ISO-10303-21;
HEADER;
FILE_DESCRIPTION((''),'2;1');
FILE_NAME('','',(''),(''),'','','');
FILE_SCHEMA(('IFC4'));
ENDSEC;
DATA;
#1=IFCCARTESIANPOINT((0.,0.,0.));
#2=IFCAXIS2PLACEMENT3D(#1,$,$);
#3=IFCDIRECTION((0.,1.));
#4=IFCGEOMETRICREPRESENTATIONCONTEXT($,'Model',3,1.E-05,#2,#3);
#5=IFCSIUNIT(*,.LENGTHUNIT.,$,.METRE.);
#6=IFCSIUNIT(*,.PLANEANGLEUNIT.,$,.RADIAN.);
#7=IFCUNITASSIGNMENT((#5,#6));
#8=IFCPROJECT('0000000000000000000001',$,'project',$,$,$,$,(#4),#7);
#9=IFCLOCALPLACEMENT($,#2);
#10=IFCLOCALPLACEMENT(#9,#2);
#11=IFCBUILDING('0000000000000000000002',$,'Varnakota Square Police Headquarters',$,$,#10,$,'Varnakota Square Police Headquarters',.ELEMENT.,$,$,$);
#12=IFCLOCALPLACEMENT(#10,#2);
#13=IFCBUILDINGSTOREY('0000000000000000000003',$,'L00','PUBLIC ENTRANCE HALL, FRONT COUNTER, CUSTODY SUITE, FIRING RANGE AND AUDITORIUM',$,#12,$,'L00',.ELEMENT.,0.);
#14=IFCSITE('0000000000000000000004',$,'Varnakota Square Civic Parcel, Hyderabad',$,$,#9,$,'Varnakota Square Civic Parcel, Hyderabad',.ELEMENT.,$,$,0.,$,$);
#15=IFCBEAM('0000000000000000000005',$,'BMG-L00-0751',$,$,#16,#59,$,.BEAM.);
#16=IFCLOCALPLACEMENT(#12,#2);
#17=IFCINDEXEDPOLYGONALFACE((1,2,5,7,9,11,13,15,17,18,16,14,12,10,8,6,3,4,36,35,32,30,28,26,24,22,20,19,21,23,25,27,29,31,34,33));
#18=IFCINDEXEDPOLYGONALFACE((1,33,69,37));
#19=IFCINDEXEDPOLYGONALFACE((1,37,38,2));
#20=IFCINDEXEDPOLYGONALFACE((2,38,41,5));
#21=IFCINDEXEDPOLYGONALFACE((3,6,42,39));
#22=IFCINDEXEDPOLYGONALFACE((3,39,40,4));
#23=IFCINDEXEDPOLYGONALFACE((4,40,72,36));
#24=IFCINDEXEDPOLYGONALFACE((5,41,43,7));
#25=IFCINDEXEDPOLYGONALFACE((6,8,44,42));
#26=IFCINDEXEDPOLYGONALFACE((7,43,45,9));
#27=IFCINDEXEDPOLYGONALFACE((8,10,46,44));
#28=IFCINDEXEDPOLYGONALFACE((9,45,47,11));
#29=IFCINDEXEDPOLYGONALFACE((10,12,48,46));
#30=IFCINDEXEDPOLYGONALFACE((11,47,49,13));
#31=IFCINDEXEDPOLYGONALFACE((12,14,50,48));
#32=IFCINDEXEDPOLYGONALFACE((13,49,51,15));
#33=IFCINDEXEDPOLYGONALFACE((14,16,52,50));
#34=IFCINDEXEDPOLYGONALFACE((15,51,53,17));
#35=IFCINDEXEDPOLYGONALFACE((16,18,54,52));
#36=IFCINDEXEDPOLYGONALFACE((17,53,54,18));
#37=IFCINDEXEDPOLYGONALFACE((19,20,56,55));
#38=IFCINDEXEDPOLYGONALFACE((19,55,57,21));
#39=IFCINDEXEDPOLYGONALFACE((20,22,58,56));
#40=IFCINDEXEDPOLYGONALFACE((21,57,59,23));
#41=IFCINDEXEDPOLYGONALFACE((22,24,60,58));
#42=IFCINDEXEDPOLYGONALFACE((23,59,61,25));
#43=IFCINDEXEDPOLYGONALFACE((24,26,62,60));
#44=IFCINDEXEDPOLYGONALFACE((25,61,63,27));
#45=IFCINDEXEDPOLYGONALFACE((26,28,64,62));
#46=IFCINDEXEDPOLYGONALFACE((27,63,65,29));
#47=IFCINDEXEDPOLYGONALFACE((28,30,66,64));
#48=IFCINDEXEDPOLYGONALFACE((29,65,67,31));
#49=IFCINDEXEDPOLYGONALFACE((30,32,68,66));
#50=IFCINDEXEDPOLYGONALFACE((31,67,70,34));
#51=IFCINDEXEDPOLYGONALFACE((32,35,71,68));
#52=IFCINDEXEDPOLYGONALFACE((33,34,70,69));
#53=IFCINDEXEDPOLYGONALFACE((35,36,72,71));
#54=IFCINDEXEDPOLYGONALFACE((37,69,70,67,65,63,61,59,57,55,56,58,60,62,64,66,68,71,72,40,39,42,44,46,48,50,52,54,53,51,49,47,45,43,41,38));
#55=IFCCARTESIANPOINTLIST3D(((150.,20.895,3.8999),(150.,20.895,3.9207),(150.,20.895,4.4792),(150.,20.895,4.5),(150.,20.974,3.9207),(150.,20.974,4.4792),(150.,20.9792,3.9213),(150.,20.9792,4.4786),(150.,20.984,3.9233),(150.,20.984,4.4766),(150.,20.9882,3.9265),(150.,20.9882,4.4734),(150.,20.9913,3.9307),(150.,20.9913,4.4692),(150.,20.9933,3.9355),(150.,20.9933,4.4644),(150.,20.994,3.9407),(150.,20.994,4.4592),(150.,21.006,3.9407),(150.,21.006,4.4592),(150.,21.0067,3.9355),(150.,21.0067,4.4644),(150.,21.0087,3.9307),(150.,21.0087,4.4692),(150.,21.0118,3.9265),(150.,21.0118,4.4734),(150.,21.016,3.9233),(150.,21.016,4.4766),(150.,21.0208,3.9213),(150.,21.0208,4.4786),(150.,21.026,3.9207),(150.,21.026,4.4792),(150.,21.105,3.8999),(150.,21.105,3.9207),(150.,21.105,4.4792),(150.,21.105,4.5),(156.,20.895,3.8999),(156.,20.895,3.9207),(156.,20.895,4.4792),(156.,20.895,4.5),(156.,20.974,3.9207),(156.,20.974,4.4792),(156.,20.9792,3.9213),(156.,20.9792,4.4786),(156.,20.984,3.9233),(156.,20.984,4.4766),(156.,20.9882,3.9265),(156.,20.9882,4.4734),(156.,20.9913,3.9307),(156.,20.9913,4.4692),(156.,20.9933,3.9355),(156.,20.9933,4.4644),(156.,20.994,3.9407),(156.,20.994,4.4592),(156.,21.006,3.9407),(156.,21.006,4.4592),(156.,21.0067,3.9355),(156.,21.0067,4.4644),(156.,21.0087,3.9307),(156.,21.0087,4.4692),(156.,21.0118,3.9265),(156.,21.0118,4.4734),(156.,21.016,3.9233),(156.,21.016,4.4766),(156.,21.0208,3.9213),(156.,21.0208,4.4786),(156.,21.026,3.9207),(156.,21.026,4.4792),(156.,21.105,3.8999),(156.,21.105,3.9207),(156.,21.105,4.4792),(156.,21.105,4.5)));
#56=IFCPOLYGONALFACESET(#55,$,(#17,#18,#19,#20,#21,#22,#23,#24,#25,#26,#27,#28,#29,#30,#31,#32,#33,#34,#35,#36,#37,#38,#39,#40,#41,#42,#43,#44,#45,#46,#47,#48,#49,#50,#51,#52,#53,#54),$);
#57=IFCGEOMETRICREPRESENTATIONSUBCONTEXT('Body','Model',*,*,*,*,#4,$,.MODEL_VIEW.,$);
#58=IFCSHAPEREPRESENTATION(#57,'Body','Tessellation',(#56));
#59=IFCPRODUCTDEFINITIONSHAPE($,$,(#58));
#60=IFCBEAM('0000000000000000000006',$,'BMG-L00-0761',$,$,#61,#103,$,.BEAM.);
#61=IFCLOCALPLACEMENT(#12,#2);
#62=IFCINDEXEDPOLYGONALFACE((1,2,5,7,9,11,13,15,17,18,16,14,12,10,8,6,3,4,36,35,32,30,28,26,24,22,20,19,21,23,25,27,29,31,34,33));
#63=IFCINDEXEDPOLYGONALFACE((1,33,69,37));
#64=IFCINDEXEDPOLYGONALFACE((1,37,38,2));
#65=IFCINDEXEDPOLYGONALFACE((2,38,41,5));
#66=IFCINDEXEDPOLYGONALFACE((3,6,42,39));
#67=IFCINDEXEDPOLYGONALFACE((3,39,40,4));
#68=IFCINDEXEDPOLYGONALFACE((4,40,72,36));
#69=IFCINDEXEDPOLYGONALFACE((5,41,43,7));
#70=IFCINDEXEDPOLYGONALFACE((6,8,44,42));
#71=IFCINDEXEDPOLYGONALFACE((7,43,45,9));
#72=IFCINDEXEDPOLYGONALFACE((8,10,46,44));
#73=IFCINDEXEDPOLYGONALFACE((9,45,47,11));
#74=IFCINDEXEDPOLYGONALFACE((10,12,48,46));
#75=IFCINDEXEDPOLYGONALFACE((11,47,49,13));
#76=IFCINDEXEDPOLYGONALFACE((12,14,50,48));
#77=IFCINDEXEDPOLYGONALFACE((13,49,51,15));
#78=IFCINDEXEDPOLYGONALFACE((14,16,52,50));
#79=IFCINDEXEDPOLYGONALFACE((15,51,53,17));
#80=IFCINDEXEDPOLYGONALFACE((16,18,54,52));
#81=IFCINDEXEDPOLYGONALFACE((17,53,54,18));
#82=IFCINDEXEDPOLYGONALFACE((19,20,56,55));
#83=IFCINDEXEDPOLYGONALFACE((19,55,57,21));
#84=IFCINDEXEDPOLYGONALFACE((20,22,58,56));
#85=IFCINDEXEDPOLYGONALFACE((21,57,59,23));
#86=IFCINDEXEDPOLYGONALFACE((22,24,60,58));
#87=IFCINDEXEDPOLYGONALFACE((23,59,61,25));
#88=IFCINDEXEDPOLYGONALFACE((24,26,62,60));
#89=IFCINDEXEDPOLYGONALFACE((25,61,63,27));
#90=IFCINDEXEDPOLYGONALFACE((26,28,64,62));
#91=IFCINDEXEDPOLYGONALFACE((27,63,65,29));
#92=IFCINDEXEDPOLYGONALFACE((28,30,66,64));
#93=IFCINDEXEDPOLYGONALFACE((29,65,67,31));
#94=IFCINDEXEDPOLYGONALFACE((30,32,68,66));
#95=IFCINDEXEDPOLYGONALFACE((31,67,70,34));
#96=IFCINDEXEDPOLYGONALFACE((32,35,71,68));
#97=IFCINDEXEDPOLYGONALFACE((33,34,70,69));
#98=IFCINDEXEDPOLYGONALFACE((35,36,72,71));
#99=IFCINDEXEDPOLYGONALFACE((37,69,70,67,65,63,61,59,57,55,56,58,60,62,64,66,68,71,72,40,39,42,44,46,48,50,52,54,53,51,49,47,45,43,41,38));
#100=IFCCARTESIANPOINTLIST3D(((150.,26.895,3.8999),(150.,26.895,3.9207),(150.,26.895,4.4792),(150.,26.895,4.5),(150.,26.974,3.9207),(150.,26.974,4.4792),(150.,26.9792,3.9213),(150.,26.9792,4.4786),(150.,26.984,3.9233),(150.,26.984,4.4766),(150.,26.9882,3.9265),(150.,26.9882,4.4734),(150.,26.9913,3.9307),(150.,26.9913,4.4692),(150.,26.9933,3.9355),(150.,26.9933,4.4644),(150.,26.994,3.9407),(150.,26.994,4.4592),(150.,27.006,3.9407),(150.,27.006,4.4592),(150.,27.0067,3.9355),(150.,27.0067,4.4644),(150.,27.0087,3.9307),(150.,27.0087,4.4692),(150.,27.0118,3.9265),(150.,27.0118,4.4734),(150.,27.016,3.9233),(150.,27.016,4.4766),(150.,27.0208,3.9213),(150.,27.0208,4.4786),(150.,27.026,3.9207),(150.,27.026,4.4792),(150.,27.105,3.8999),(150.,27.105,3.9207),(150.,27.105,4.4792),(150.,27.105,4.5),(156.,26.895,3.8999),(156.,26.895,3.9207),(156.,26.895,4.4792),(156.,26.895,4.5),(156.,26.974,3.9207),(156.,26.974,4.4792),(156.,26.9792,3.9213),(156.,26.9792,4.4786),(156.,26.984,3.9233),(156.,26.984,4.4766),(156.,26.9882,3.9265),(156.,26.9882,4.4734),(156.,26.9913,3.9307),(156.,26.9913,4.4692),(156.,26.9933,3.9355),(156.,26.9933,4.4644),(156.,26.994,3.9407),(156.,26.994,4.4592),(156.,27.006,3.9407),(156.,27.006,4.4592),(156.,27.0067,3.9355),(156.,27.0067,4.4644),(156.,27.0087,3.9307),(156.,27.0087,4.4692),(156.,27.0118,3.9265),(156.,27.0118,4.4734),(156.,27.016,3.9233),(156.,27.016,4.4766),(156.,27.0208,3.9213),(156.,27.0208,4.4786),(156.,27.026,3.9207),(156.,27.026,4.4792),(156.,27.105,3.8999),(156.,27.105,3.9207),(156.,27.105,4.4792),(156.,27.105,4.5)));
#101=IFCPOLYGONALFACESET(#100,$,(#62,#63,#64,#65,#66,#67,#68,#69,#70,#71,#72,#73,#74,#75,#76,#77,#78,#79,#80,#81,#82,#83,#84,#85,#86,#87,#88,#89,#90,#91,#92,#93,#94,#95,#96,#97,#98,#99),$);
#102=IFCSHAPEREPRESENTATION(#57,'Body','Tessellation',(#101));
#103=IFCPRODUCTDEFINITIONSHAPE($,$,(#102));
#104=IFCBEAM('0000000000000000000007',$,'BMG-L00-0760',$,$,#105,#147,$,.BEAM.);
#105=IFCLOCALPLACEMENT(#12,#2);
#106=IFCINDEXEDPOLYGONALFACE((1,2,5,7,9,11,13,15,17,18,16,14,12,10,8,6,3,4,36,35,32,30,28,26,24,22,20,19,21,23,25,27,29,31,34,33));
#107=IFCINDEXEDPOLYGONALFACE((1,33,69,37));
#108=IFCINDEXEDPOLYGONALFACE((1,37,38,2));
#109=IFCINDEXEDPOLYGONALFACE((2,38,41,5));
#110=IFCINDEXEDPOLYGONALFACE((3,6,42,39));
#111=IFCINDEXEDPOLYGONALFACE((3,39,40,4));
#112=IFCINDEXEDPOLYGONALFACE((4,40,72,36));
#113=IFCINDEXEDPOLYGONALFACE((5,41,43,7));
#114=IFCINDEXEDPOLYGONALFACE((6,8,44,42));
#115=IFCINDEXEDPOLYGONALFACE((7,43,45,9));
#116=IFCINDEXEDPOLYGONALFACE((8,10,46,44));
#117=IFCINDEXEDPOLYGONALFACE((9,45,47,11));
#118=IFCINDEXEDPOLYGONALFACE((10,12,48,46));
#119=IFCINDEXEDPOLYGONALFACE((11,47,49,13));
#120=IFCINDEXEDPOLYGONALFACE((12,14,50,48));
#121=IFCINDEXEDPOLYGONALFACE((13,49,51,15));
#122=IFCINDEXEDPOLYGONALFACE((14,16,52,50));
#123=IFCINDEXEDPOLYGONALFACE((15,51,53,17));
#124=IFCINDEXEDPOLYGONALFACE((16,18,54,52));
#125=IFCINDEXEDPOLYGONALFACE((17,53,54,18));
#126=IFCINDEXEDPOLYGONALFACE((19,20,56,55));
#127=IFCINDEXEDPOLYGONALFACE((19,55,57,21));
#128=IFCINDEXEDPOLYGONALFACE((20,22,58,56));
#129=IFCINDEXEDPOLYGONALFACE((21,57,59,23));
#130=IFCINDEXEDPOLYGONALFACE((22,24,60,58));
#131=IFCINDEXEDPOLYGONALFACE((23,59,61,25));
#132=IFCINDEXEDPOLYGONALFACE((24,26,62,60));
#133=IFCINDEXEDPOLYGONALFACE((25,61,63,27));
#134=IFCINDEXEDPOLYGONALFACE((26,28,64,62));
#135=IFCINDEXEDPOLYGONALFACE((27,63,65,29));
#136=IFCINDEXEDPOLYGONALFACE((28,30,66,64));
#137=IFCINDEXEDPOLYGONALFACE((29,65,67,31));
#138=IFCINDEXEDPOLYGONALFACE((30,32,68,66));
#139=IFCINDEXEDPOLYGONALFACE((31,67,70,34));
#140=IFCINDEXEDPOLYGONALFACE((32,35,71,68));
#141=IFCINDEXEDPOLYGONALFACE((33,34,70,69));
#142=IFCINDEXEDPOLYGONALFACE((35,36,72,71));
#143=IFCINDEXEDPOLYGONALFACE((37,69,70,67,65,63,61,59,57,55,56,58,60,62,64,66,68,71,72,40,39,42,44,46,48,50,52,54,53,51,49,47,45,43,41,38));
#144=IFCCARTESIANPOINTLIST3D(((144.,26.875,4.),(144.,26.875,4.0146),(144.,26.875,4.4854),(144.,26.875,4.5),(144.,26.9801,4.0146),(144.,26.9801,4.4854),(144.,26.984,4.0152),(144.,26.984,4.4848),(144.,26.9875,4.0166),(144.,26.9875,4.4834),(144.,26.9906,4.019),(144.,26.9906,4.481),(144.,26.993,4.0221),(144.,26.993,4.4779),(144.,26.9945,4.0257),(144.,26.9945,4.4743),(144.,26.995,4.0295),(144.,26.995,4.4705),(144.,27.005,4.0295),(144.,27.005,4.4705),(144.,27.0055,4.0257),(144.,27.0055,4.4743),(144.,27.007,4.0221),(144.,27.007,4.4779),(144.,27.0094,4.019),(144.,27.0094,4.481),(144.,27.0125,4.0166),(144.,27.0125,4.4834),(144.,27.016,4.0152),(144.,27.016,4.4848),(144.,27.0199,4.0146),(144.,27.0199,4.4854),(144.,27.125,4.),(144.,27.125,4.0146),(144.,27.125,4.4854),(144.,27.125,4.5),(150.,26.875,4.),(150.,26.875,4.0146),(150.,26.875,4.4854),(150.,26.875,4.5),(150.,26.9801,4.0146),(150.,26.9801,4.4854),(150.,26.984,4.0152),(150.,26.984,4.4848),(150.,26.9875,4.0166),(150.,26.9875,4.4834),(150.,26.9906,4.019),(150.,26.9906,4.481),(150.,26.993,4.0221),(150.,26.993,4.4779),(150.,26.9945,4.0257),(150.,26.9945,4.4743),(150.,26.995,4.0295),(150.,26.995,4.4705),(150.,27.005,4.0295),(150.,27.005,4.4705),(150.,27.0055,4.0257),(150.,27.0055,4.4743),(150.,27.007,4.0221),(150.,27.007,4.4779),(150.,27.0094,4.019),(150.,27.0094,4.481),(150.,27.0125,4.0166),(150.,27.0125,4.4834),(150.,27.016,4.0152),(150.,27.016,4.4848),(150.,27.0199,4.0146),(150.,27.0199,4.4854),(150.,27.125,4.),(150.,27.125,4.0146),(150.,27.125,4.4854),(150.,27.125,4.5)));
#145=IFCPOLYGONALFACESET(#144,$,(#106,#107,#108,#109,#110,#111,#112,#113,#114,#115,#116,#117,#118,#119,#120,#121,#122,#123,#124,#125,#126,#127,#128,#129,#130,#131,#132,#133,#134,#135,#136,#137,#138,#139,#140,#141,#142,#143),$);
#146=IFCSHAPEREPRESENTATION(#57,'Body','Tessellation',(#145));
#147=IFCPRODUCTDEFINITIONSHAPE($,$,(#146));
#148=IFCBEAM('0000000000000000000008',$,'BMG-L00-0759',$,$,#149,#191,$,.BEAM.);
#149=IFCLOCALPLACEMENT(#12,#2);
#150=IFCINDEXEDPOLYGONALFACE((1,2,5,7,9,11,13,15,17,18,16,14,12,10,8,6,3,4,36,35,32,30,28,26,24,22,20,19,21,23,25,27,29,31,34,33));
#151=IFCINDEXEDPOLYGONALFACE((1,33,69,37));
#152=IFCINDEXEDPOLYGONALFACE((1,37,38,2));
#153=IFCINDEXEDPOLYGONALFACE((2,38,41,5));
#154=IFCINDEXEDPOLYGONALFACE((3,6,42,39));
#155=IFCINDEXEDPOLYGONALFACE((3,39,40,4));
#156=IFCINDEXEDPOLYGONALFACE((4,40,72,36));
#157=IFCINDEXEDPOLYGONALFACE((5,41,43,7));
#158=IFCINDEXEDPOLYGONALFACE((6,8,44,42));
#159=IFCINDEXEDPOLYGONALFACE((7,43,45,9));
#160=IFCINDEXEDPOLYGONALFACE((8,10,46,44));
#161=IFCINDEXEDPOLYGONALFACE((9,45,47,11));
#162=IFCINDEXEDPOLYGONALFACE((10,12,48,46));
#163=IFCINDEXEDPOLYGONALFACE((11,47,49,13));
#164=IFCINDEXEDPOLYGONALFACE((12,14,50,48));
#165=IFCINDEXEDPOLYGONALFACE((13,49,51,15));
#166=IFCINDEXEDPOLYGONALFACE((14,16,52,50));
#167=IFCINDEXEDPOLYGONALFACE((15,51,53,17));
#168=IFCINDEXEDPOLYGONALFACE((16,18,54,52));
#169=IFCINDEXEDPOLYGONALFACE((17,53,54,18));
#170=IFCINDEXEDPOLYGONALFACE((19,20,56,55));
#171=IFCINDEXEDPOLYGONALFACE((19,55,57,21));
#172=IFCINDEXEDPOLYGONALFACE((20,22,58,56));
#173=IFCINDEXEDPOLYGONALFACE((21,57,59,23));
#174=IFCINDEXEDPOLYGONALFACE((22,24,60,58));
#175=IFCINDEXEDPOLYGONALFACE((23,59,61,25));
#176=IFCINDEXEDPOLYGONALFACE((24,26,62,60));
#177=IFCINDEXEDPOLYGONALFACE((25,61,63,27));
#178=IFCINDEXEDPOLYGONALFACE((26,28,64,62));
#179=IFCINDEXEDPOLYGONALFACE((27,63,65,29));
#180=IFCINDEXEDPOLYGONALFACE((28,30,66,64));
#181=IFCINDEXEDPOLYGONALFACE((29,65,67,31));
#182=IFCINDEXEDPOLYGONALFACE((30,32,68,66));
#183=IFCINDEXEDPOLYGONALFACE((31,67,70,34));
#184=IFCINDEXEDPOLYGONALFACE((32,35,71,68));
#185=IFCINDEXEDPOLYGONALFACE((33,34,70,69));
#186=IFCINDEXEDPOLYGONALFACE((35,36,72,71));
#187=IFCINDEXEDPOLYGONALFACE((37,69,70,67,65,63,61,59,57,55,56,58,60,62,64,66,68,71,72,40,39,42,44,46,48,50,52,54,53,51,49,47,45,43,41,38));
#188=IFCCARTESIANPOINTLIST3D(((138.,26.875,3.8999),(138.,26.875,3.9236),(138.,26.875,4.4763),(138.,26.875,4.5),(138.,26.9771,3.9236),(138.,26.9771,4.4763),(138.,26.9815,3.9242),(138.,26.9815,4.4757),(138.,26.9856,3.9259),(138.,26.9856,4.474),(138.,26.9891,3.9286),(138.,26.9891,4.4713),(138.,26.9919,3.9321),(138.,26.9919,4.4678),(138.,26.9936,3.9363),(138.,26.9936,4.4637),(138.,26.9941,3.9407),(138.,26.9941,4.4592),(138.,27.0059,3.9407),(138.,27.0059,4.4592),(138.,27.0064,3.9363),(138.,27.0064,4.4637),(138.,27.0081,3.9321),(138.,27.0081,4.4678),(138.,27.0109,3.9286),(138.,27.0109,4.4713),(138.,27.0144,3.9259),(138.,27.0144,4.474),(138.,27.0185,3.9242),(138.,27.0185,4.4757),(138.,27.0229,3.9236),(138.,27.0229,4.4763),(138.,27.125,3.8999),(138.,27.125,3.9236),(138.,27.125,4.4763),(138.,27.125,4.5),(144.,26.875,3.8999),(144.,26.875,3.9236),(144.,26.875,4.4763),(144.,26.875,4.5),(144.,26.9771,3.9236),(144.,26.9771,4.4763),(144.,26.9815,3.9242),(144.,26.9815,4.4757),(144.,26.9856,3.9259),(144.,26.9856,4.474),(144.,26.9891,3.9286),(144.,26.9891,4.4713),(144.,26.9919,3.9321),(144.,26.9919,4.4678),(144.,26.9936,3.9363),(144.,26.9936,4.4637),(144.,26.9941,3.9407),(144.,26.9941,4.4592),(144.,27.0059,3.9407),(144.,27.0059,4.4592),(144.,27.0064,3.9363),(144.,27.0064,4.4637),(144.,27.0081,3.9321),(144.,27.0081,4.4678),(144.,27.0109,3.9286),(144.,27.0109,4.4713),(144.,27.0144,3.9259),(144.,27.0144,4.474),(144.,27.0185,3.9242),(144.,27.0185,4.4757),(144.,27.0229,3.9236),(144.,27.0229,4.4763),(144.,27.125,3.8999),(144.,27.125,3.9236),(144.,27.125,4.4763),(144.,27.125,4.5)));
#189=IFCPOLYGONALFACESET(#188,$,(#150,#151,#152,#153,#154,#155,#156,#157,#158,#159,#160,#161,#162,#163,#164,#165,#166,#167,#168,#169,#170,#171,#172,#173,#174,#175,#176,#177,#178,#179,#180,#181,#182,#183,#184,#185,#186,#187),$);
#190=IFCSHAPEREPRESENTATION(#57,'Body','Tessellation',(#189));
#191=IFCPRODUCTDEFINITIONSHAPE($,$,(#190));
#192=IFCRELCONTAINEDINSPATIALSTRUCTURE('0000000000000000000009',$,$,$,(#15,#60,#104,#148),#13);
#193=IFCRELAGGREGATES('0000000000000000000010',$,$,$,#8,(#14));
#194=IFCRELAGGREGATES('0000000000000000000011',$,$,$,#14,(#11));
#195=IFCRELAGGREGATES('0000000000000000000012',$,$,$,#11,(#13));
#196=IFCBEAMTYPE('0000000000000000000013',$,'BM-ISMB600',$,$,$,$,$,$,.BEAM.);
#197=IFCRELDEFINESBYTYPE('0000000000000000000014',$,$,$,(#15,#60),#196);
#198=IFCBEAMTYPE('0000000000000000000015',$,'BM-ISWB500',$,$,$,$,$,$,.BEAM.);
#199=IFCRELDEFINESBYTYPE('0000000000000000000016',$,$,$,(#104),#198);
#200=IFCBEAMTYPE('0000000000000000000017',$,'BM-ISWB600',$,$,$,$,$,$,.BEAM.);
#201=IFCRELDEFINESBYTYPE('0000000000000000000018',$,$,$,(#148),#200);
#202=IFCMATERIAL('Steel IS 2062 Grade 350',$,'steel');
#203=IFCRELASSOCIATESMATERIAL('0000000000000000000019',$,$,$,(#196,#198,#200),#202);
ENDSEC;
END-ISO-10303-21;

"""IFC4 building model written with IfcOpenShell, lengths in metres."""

from ifc_helpers import new_model, si_unit, direction, frame, origin, origin_2d, place, context, subcontext, project, spatial, i_section, extrude, material, material_profile, profile_set, type_object, element, save


model = new_model("IFC4")

# Units and contexts
model_context = context("Model", 3, precision=1e-05, world=origin(), true_north=direction((0.0, 1.0)))
body_context = subcontext(model_context, "Body", "Model", "MODEL_VIEW")
ifc_project = project(units=[si_unit("LENGTHUNIT", "METRE"), si_unit("PLANEANGLEUNIT", "RADIAN")], contexts=[model_context])

# Site, building, storey
site_placement = place(None, origin())
site = spatial("IfcSite", under=ifc_project, at=site_placement, Name="Varnakota Square Civic Parcel, Hyderabad", LongName="Varnakota Square Civic Parcel, Hyderabad", CompositionType="ELEMENT", RefElevation=0.0)
building_placement = place(site_placement, origin())
building = spatial("IfcBuilding", under=site, at=building_placement, Name="Varnakota Square Police Headquarters", LongName="Varnakota Square Police Headquarters", CompositionType="ELEMENT")
storey_placement = place(building_placement, origin())
storey = spatial("IfcBuildingStorey", under=building, at=storey_placement, Name="L00", Description="PUBLIC ENTRANCE HALL, FRONT COUNTER, CUSTODY SUITE, FIRING RANGE AND AUDITORIUM", LongName="L00", CompositionType="ELEMENT", Elevation=0.0)

# Beams
ifc_material_1 = material(Name="Steel IS 2062 Grade 350", Category="steel")
ifc_material_profile_1 = material_profile(ifc_material_1, i_section(OverallWidth=0.21, OverallDepth=0.6001, WebThickness=0.012, FlangeThickness=0.0208, FilletRadius=0.02, at=origin_2d()), Name="ISMB 600")
ifc_profile_set_1 = profile_set([ifc_material_profile_1], Name="Steel IS 2062 Grade 350")
beam_type_1 = type_object("IfcBeamType", Name="BM-ISMB600", PredefinedType="BEAM", material=ifc_profile_set_1)
for number, where, z_axis, x_axis, name in (
    (1, (150.0, 21.0, 4.2), (1.0, 0.0, 0.0), (0.0, 1.0, 0.0), "BMG-L00-0751"),
    (2, (150.0, 27.0, 4.2), (1.0, 0.0, 0.0), (0.0, 1.0, 0.0), "BMG-L00-0761"),
):
    element("IfcBeam", number, at=place(storey_placement, frame(where, z_axis=z_axis, x_axis=x_axis)), inside=storey, type_object=beam_type_1, Name=name, PredefinedType="BEAM", context=body_context, shape_type="SweptSolid", body=[
        extrude(i_section(OverallWidth=0.21, OverallDepth=0.6001, WebThickness=0.012, FlangeThickness=0.0208, FilletRadius=0.02, at=origin_2d()), origin(), (0.0, 0.0, 1.0), 6.0),
    ])
ifc_material_profile_2 = material_profile(ifc_material_1, i_section(OverallWidth=0.25, OverallDepth=0.5, WebThickness=0.01, FlangeThickness=0.0146, FilletRadius=0.0149, at=origin_2d()), Name="ISWB 500")
ifc_profile_set_2 = profile_set([ifc_material_profile_2], Name="Steel IS 2062 Grade 350")
beam_type_2 = type_object("IfcBeamType", Name="BM-ISWB500", PredefinedType="BEAM", material=ifc_profile_set_2)
beam_1_placement = place(storey_placement, frame((144.0, 27.0, 4.25), z_axis=(1.0, 0.0, 0.0), x_axis=(0.0, 1.0, 0.0)))
element("IfcBeam", 3, at=beam_1_placement, inside=storey, type_object=beam_type_2, Name="BMG-L00-0760", PredefinedType="BEAM", context=body_context, shape_type="SweptSolid", body=[
    extrude(i_section(OverallWidth=0.25, OverallDepth=0.5, WebThickness=0.01, FlangeThickness=0.0146, FilletRadius=0.0149, at=origin_2d()), origin(), (0.0, 0.0, 1.0), 6.0),
])
ifc_material_profile_3 = material_profile(ifc_material_1, i_section(OverallWidth=0.25, OverallDepth=0.6001, WebThickness=0.0117, FlangeThickness=0.0237, FilletRadius=0.0171, at=origin_2d()), Name="ISWB 600")
ifc_profile_set_3 = profile_set([ifc_material_profile_3], Name="Steel IS 2062 Grade 350")
beam_type_3 = type_object("IfcBeamType", Name="BM-ISWB600", PredefinedType="BEAM", material=ifc_profile_set_3)
beam_2_placement = place(storey_placement, frame((138.0, 27.0, 4.2), z_axis=(1.0, 0.0, 0.0), x_axis=(0.0, 1.0, 0.0)))
element("IfcBeam", 4, at=beam_2_placement, inside=storey, type_object=beam_type_3, Name="BMG-L00-0759", PredefinedType="BEAM", context=body_context, shape_type="SweptSolid", body=[
    extrude(i_section(OverallWidth=0.25, OverallDepth=0.6001, WebThickness=0.0117, FlangeThickness=0.0237, FilletRadius=0.0171, at=origin_2d()), origin(), (0.0, 0.0, 1.0), 6.0),
])

save(model, "model.ifc")
